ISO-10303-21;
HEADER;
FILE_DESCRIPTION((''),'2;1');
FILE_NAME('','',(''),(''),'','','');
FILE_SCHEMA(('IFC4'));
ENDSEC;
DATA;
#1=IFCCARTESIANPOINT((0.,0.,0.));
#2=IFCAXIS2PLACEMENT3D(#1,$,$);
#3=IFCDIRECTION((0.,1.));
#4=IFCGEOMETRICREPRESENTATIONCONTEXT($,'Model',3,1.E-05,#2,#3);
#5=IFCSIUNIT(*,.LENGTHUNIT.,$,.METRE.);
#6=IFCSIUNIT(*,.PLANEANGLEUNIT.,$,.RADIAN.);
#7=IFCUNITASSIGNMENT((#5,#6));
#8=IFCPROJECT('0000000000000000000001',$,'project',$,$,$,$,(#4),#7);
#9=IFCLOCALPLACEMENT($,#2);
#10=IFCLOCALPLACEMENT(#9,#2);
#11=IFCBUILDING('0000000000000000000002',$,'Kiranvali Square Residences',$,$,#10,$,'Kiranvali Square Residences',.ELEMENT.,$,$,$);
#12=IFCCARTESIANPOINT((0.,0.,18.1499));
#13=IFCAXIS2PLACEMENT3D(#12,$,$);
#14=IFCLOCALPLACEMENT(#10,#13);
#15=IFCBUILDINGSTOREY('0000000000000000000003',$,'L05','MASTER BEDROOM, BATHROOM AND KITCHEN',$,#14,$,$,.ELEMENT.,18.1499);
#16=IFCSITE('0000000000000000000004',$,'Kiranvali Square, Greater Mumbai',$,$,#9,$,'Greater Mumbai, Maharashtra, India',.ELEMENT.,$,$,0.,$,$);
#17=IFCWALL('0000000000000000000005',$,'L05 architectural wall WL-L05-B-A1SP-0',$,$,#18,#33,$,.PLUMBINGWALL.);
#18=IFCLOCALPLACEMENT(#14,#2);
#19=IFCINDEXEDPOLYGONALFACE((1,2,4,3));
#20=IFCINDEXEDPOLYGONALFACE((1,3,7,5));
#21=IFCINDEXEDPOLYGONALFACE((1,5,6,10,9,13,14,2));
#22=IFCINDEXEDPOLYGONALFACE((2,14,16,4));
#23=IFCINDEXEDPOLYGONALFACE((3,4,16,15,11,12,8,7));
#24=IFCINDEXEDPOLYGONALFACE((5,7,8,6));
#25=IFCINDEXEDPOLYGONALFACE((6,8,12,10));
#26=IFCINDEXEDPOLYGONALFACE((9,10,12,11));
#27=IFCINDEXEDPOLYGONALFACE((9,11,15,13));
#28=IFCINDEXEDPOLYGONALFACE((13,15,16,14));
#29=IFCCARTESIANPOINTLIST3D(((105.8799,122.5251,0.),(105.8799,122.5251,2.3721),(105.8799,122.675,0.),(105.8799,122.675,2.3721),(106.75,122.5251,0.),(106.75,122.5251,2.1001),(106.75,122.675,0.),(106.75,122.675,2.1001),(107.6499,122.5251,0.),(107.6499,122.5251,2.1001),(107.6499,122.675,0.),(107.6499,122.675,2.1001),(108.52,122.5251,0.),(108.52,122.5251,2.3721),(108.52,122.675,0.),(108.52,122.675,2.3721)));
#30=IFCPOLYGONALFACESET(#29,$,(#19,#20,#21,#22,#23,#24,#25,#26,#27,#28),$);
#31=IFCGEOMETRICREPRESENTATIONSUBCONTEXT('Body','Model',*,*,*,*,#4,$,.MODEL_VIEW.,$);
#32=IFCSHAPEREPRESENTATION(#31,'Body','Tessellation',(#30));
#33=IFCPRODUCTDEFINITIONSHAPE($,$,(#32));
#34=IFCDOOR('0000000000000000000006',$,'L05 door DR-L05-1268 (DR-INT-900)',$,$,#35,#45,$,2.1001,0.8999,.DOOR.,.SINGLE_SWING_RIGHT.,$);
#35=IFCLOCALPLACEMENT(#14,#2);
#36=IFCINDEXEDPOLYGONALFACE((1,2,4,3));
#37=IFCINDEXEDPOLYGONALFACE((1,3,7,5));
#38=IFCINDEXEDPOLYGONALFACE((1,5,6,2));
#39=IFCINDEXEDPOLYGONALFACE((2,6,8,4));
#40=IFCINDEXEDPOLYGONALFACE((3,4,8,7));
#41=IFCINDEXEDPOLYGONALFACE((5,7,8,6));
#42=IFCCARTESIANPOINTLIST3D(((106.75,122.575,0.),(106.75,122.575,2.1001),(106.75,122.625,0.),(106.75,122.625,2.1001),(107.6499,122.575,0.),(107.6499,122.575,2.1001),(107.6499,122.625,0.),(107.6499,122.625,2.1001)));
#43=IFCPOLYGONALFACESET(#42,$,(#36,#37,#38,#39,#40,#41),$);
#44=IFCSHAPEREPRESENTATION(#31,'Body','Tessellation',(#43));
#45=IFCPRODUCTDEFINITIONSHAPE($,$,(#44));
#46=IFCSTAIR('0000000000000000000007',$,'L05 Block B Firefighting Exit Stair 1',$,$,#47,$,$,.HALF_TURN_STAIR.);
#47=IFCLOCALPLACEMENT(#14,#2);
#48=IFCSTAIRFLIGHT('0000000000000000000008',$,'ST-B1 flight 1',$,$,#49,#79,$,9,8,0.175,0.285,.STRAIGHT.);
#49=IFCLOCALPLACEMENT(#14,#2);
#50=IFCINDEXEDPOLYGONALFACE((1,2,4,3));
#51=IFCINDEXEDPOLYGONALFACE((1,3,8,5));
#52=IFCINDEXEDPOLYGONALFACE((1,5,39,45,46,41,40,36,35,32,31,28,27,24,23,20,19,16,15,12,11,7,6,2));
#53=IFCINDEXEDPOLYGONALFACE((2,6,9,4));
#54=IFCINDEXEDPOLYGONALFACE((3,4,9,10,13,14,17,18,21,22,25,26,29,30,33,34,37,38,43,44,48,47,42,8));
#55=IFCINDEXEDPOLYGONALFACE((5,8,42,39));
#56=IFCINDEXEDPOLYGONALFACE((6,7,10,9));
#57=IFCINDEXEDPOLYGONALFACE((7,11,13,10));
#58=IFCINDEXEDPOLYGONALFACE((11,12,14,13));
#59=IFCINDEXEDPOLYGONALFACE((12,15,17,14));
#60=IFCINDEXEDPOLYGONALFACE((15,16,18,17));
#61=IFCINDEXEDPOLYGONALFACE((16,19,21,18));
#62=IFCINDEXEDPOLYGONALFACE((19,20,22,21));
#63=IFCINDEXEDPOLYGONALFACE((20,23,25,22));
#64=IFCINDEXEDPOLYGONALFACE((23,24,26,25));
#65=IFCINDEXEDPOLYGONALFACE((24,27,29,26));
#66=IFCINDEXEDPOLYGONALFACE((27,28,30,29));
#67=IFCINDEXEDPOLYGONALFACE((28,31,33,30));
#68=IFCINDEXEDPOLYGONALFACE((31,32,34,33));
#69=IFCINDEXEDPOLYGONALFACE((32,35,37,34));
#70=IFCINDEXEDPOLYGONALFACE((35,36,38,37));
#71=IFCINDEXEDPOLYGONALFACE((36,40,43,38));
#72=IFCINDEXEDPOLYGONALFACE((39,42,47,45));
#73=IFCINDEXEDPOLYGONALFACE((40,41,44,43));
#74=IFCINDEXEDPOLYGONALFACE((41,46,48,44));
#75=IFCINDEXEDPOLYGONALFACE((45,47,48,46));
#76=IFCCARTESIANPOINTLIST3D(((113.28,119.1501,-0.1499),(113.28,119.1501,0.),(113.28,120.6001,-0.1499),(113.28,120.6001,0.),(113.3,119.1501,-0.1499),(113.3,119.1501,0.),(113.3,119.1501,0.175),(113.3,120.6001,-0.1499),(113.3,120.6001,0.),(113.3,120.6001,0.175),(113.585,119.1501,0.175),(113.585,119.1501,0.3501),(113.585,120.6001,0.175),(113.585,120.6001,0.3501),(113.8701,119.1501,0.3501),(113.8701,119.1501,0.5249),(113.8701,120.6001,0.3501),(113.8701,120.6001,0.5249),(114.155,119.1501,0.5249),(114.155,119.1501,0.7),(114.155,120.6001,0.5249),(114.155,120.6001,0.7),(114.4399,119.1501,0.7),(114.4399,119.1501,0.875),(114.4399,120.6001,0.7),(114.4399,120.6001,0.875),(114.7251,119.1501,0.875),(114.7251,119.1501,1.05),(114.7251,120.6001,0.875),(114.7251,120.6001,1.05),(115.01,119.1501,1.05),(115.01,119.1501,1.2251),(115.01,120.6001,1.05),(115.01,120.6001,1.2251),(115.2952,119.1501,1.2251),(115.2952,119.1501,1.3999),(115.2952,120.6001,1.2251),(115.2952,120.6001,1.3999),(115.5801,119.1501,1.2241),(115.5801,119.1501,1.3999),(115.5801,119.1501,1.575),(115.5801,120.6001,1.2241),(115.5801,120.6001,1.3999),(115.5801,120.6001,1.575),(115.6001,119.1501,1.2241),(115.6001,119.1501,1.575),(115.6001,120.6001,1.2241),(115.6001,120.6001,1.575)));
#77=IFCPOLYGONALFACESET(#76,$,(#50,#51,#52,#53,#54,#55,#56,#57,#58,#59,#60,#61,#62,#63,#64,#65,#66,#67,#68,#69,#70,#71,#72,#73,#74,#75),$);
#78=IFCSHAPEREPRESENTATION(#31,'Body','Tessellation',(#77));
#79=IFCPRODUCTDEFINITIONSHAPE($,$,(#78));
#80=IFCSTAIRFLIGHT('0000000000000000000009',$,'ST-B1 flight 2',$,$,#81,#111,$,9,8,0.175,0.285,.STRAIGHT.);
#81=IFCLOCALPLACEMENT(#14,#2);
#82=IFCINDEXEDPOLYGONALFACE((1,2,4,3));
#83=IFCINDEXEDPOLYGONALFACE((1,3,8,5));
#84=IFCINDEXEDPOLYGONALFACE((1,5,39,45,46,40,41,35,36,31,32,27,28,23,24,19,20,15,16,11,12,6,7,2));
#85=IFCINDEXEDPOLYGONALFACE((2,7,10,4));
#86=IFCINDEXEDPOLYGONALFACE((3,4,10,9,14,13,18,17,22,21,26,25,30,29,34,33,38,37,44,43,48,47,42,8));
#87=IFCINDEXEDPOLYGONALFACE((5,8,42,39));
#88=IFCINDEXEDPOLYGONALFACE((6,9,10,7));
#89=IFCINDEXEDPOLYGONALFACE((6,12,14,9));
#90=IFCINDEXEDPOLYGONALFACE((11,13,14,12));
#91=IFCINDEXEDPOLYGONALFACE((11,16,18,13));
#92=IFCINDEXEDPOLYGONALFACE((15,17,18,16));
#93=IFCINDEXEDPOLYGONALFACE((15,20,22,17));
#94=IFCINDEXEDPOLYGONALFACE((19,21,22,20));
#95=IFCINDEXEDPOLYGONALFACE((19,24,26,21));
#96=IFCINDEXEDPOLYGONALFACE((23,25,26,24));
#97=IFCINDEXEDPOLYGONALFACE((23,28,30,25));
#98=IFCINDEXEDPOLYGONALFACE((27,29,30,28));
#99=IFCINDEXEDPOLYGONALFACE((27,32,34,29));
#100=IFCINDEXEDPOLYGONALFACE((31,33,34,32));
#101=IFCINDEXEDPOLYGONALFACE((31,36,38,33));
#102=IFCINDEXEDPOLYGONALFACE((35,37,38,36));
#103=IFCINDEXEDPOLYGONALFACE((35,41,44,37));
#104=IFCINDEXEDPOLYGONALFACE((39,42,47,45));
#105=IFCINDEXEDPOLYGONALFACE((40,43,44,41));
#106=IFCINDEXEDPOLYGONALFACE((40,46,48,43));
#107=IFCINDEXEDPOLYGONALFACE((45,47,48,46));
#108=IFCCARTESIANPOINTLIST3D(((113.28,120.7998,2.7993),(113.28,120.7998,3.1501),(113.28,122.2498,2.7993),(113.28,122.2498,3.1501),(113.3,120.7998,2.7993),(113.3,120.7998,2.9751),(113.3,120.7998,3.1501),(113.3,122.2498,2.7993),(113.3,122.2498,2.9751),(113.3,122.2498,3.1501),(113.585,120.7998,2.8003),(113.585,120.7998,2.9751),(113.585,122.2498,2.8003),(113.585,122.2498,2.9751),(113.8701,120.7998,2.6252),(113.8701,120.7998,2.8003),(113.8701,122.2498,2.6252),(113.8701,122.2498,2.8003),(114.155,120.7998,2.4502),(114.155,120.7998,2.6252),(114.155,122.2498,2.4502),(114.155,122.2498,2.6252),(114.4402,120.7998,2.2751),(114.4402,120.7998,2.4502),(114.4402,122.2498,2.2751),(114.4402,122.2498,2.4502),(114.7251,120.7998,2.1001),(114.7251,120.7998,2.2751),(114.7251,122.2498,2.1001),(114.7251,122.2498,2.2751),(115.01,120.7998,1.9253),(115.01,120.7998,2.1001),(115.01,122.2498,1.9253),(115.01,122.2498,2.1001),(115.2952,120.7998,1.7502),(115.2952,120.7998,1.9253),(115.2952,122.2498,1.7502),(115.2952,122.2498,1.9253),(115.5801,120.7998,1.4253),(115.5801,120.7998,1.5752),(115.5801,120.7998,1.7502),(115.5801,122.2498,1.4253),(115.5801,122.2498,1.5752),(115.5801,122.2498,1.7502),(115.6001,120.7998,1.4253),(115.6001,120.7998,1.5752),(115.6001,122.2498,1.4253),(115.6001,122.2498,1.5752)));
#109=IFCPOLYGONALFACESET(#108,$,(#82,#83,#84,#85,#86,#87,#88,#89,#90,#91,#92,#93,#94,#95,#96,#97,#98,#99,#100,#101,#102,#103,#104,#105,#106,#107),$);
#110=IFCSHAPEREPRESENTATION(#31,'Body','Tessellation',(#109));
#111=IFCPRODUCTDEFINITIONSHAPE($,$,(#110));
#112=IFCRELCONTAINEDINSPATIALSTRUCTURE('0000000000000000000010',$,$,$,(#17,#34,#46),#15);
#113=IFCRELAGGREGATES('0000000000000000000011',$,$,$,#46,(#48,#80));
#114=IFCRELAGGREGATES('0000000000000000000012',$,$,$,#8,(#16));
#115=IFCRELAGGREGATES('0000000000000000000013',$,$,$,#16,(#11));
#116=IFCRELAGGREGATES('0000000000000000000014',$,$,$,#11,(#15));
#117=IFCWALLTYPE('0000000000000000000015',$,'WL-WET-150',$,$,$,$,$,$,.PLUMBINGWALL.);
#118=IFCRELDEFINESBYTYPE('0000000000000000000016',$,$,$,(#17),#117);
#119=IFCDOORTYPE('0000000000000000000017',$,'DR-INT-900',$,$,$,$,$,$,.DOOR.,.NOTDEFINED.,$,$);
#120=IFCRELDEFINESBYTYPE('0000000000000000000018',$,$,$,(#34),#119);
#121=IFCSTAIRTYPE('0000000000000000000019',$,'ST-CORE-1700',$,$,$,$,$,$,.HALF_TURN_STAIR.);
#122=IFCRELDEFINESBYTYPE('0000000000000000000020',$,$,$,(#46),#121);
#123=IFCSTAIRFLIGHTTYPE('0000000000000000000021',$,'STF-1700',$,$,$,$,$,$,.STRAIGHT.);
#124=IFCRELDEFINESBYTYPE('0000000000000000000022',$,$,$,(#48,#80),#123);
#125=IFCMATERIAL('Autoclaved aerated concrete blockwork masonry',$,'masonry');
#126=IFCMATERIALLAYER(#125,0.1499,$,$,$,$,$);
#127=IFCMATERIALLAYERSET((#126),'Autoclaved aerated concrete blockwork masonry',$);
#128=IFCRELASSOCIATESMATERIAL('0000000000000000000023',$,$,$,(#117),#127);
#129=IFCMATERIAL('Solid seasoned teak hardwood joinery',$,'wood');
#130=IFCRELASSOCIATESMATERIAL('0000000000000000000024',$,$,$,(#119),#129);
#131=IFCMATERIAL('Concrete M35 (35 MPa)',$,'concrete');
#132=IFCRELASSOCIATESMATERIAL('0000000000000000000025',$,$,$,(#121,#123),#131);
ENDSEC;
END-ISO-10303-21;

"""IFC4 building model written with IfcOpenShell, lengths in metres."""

from ifc_helpers import new_model, si_unit, direction, frame, frame_2d, origin, place, context, subcontext, project, spatial, polyline, rectangle, outline, extrude, material, layer, layer_set, type_object, element, fill, aggregate, save


model = new_model("IFC4")

# Units and contexts
model_context = context("Model", 3, precision=1e-05, world=origin(), true_north=direction((0.0, 1.0)))
body_context = subcontext(model_context, "Body", "Model", "MODEL_VIEW")
ifc_project = project(units=[si_unit("LENGTHUNIT", "METRE"), si_unit("PLANEANGLEUNIT", "RADIAN")], contexts=[model_context])

# Site, building, storey
site_placement = place(None, origin())
site = spatial("IfcSite", under=ifc_project, at=site_placement, Name="Kiranvali Square, Greater Mumbai", LongName="Greater Mumbai, Maharashtra, India", CompositionType="ELEMENT", RefElevation=0.0)
building_placement = place(site_placement, origin())
building = spatial("IfcBuilding", under=site, at=building_placement, Name="Kiranvali Square Residences", LongName="Kiranvali Square Residences", CompositionType="ELEMENT")
storey_placement = place(building_placement, frame((0.0, 0.0, 18.1499)))
storey = spatial("IfcBuildingStorey", under=building, at=storey_placement, Name="L05", Description="MASTER BEDROOM, BATHROOM AND KITCHEN", CompositionType="ELEMENT", Elevation=18.1499)

# Shared definitions
ifc_material_1 = material(Name="Autoclaved aerated concrete blockwork masonry", Category="masonry")
ifc_material_2 = material(Name="Solid seasoned teak hardwood joinery", Category="wood")

# Wall, opening, door
ifc_layer_1 = layer(ifc_material_1, 0.1499)
ifc_layer_set_1 = layer_set([ifc_layer_1], Name="Autoclaved aerated concrete blockwork masonry")
wall_type_1 = type_object("IfcWallType", Name="WL-WET-150", PredefinedType="PLUMBINGWALL", material=ifc_layer_set_1)
wall_1_placement = place(storey_placement, frame((108.52, 122.6001, 0.0), z_axis=(0.0, 0.0, 1.0), x_axis=(-1.0, 0.0, 0.0)))
wall_1 = element("IfcWall", 1, at=wall_1_placement, inside=storey, type_object=wall_type_1, Name="L05 architectural wall WL-L05-B-A1SP-0", PredefinedType="PLUMBINGWALL", context=body_context, shape_type="SweptSolid", body=[
    extrude(rectangle(XDim=2.6401, YDim=0.1499, at=frame_2d((1.3201, 0.0))), origin(), (0.0, 0.0, 1.0), 2.3721),
])
opening_1_placement = place(wall_1_placement, frame((0.8701, 0.0, 0.0)))
opening_1 = element("IfcOpeningElement", 2, at=opening_1_placement, cuts=wall_1, PredefinedType="OPENING", context=body_context, shape_type="SweptSolid", body=[
    extrude(rectangle(XDim=0.8999, YDim=2.1001, at=frame_2d((0.45, 1.05))), frame((0.0, 0.085, 0.0), z_axis=(0.0, -1.0, 0.0), x_axis=(1.0, 0.0, 0.0)), (0.0, 0.0, 1.0), 0.1699),
])
door_type_1 = type_object("IfcDoorType", Name="DR-INT-900", OperationType="NOTDEFINED", PredefinedType="DOOR", material=ifc_material_2)
door_1_placement = place(opening_1_placement, frame((0.8999, 0.0, 0.0), z_axis=(0.0, 0.0, 1.0), x_axis=(-1.0, 0.0, 0.0)))
door_1 = element("IfcDoor", 3, at=door_1_placement, inside=storey, type_object=door_type_1, Name="L05 door DR-L05-1268 (DR-INT-900)", OperationType="SINGLE_SWING_RIGHT", OverallHeight=2.1001, OverallWidth=0.8999, PredefinedType="DOOR", context=body_context, shape_type="SweptSolid", body=[
    extrude(rectangle(XDim=0.8999, YDim=2.1001, at=frame_2d((0.45, 1.05))), frame((0.0, 0.0249, 0.0), z_axis=(0.0, -1.0, 0.0), x_axis=(1.0, 0.0, 0.0)), (0.0, 0.0, 1.0), 0.05),
])
fill(opening_1, door_1)

# Stair, stair flights
ifc_material_3 = material(Name="Concrete M35 (35 MPa)", Category="concrete")
stair_type = type_object("IfcStairType", Name="ST-CORE-1700", PredefinedType="HALF_TURN_STAIR", material=ifc_material_3)
stair_placement = place(storey_placement, origin())
stair = element("IfcStair", 4, at=stair_placement, inside=storey, type_object=stair_type, Name="L05 Block B Firefighting Exit Stair 1", PredefinedType="HALF_TURN_STAIR")
stair_flight_type = type_object("IfcStairFlightType", Name="STF-1700", PredefinedType="STRAIGHT", material=ifc_material_3)
stair_flight_1_placement = place(storey_placement, frame((113.3, 119.875, 0.0), z_axis=(0.0, 0.0, 1.0), x_axis=(1.0, 0.0, 0.0)))
stair_flight_1 = element("IfcStairFlight", 5, at=stair_flight_1_placement, type_object=stair_flight_type, Name="ST-B1 flight 1", NumberOfRisers=9, NumberOfTreads=8, PredefinedType="STRAIGHT", RiserHeight=0.175, TreadLength=0.285, context=body_context, shape_type="SweptSolid", body=[
    extrude(outline(polyline([(-0.02, -0.1499), (-0.02, 0.0), (0.0, 0.0), (0.0, 0.175), (0.2849, 0.175), (0.2849, 0.3501), (0.5701, 0.3501), (0.5701, 0.5249), (0.855, 0.5249), (0.855, 0.7), (1.1399, 0.7), (1.1399, 0.875), (1.425, 0.875), (1.425, 1.05), (1.71, 1.05), (1.71, 1.2251), (1.9951, 1.2251), (1.9951, 1.3999), (2.28, 1.3999), (2.28, 1.575), (2.3, 1.575), (2.3, 1.2241), (2.28, 1.2241), (0.0, -0.1499), (-0.02, -0.1499)])), frame((0.0, 0.7251, 0.0), z_axis=(0.0, -1.0, 0.0), x_axis=(1.0, 0.0, 0.0)), (0.0, 0.0, 1.0), 1.45),
])
stair_flight_2_placement = place(storey_placement, frame((115.5801, 121.5249, 1.5752), z_axis=(0.0, 0.0, 1.0), x_axis=(-1.0, 0.0, 0.0)))
stair_flight_2 = element("IfcStairFlight", 6, at=stair_flight_2_placement, type_object=stair_flight_type, Name="ST-B1 flight 2", NumberOfRisers=9, NumberOfTreads=8, PredefinedType="STRAIGHT", RiserHeight=0.175, TreadLength=0.285, context=body_context, shape_type="SweptSolid", body=[
    extrude(outline(polyline([(-0.02, -0.1499), (-0.02, 0.0), (0.0, 0.0), (0.0, 0.175), (0.2849, 0.175), (0.2849, 0.3501), (0.5701, 0.3501), (0.5701, 0.5249), (0.855, 0.5249), (0.855, 0.7), (1.1399, 0.7), (1.1399, 0.875), (1.425, 0.875), (1.425, 1.05), (1.71, 1.05), (1.71, 1.2251), (1.9951, 1.2251), (1.9951, 1.3999), (2.28, 1.3999), (2.28, 1.575), (2.3, 1.575), (2.3, 1.2241), (2.28, 1.2241), (0.0, -0.1499), (-0.02, -0.1499)])), frame((0.0, 0.7251, 0.0), z_axis=(0.0, -1.0, 0.0), x_axis=(1.0, 0.0, 0.0)), (0.0, 0.0, 1.0), 1.45),
])
aggregate(stair, [stair_flight_1, stair_flight_2])

save(model, "model.ifc")
